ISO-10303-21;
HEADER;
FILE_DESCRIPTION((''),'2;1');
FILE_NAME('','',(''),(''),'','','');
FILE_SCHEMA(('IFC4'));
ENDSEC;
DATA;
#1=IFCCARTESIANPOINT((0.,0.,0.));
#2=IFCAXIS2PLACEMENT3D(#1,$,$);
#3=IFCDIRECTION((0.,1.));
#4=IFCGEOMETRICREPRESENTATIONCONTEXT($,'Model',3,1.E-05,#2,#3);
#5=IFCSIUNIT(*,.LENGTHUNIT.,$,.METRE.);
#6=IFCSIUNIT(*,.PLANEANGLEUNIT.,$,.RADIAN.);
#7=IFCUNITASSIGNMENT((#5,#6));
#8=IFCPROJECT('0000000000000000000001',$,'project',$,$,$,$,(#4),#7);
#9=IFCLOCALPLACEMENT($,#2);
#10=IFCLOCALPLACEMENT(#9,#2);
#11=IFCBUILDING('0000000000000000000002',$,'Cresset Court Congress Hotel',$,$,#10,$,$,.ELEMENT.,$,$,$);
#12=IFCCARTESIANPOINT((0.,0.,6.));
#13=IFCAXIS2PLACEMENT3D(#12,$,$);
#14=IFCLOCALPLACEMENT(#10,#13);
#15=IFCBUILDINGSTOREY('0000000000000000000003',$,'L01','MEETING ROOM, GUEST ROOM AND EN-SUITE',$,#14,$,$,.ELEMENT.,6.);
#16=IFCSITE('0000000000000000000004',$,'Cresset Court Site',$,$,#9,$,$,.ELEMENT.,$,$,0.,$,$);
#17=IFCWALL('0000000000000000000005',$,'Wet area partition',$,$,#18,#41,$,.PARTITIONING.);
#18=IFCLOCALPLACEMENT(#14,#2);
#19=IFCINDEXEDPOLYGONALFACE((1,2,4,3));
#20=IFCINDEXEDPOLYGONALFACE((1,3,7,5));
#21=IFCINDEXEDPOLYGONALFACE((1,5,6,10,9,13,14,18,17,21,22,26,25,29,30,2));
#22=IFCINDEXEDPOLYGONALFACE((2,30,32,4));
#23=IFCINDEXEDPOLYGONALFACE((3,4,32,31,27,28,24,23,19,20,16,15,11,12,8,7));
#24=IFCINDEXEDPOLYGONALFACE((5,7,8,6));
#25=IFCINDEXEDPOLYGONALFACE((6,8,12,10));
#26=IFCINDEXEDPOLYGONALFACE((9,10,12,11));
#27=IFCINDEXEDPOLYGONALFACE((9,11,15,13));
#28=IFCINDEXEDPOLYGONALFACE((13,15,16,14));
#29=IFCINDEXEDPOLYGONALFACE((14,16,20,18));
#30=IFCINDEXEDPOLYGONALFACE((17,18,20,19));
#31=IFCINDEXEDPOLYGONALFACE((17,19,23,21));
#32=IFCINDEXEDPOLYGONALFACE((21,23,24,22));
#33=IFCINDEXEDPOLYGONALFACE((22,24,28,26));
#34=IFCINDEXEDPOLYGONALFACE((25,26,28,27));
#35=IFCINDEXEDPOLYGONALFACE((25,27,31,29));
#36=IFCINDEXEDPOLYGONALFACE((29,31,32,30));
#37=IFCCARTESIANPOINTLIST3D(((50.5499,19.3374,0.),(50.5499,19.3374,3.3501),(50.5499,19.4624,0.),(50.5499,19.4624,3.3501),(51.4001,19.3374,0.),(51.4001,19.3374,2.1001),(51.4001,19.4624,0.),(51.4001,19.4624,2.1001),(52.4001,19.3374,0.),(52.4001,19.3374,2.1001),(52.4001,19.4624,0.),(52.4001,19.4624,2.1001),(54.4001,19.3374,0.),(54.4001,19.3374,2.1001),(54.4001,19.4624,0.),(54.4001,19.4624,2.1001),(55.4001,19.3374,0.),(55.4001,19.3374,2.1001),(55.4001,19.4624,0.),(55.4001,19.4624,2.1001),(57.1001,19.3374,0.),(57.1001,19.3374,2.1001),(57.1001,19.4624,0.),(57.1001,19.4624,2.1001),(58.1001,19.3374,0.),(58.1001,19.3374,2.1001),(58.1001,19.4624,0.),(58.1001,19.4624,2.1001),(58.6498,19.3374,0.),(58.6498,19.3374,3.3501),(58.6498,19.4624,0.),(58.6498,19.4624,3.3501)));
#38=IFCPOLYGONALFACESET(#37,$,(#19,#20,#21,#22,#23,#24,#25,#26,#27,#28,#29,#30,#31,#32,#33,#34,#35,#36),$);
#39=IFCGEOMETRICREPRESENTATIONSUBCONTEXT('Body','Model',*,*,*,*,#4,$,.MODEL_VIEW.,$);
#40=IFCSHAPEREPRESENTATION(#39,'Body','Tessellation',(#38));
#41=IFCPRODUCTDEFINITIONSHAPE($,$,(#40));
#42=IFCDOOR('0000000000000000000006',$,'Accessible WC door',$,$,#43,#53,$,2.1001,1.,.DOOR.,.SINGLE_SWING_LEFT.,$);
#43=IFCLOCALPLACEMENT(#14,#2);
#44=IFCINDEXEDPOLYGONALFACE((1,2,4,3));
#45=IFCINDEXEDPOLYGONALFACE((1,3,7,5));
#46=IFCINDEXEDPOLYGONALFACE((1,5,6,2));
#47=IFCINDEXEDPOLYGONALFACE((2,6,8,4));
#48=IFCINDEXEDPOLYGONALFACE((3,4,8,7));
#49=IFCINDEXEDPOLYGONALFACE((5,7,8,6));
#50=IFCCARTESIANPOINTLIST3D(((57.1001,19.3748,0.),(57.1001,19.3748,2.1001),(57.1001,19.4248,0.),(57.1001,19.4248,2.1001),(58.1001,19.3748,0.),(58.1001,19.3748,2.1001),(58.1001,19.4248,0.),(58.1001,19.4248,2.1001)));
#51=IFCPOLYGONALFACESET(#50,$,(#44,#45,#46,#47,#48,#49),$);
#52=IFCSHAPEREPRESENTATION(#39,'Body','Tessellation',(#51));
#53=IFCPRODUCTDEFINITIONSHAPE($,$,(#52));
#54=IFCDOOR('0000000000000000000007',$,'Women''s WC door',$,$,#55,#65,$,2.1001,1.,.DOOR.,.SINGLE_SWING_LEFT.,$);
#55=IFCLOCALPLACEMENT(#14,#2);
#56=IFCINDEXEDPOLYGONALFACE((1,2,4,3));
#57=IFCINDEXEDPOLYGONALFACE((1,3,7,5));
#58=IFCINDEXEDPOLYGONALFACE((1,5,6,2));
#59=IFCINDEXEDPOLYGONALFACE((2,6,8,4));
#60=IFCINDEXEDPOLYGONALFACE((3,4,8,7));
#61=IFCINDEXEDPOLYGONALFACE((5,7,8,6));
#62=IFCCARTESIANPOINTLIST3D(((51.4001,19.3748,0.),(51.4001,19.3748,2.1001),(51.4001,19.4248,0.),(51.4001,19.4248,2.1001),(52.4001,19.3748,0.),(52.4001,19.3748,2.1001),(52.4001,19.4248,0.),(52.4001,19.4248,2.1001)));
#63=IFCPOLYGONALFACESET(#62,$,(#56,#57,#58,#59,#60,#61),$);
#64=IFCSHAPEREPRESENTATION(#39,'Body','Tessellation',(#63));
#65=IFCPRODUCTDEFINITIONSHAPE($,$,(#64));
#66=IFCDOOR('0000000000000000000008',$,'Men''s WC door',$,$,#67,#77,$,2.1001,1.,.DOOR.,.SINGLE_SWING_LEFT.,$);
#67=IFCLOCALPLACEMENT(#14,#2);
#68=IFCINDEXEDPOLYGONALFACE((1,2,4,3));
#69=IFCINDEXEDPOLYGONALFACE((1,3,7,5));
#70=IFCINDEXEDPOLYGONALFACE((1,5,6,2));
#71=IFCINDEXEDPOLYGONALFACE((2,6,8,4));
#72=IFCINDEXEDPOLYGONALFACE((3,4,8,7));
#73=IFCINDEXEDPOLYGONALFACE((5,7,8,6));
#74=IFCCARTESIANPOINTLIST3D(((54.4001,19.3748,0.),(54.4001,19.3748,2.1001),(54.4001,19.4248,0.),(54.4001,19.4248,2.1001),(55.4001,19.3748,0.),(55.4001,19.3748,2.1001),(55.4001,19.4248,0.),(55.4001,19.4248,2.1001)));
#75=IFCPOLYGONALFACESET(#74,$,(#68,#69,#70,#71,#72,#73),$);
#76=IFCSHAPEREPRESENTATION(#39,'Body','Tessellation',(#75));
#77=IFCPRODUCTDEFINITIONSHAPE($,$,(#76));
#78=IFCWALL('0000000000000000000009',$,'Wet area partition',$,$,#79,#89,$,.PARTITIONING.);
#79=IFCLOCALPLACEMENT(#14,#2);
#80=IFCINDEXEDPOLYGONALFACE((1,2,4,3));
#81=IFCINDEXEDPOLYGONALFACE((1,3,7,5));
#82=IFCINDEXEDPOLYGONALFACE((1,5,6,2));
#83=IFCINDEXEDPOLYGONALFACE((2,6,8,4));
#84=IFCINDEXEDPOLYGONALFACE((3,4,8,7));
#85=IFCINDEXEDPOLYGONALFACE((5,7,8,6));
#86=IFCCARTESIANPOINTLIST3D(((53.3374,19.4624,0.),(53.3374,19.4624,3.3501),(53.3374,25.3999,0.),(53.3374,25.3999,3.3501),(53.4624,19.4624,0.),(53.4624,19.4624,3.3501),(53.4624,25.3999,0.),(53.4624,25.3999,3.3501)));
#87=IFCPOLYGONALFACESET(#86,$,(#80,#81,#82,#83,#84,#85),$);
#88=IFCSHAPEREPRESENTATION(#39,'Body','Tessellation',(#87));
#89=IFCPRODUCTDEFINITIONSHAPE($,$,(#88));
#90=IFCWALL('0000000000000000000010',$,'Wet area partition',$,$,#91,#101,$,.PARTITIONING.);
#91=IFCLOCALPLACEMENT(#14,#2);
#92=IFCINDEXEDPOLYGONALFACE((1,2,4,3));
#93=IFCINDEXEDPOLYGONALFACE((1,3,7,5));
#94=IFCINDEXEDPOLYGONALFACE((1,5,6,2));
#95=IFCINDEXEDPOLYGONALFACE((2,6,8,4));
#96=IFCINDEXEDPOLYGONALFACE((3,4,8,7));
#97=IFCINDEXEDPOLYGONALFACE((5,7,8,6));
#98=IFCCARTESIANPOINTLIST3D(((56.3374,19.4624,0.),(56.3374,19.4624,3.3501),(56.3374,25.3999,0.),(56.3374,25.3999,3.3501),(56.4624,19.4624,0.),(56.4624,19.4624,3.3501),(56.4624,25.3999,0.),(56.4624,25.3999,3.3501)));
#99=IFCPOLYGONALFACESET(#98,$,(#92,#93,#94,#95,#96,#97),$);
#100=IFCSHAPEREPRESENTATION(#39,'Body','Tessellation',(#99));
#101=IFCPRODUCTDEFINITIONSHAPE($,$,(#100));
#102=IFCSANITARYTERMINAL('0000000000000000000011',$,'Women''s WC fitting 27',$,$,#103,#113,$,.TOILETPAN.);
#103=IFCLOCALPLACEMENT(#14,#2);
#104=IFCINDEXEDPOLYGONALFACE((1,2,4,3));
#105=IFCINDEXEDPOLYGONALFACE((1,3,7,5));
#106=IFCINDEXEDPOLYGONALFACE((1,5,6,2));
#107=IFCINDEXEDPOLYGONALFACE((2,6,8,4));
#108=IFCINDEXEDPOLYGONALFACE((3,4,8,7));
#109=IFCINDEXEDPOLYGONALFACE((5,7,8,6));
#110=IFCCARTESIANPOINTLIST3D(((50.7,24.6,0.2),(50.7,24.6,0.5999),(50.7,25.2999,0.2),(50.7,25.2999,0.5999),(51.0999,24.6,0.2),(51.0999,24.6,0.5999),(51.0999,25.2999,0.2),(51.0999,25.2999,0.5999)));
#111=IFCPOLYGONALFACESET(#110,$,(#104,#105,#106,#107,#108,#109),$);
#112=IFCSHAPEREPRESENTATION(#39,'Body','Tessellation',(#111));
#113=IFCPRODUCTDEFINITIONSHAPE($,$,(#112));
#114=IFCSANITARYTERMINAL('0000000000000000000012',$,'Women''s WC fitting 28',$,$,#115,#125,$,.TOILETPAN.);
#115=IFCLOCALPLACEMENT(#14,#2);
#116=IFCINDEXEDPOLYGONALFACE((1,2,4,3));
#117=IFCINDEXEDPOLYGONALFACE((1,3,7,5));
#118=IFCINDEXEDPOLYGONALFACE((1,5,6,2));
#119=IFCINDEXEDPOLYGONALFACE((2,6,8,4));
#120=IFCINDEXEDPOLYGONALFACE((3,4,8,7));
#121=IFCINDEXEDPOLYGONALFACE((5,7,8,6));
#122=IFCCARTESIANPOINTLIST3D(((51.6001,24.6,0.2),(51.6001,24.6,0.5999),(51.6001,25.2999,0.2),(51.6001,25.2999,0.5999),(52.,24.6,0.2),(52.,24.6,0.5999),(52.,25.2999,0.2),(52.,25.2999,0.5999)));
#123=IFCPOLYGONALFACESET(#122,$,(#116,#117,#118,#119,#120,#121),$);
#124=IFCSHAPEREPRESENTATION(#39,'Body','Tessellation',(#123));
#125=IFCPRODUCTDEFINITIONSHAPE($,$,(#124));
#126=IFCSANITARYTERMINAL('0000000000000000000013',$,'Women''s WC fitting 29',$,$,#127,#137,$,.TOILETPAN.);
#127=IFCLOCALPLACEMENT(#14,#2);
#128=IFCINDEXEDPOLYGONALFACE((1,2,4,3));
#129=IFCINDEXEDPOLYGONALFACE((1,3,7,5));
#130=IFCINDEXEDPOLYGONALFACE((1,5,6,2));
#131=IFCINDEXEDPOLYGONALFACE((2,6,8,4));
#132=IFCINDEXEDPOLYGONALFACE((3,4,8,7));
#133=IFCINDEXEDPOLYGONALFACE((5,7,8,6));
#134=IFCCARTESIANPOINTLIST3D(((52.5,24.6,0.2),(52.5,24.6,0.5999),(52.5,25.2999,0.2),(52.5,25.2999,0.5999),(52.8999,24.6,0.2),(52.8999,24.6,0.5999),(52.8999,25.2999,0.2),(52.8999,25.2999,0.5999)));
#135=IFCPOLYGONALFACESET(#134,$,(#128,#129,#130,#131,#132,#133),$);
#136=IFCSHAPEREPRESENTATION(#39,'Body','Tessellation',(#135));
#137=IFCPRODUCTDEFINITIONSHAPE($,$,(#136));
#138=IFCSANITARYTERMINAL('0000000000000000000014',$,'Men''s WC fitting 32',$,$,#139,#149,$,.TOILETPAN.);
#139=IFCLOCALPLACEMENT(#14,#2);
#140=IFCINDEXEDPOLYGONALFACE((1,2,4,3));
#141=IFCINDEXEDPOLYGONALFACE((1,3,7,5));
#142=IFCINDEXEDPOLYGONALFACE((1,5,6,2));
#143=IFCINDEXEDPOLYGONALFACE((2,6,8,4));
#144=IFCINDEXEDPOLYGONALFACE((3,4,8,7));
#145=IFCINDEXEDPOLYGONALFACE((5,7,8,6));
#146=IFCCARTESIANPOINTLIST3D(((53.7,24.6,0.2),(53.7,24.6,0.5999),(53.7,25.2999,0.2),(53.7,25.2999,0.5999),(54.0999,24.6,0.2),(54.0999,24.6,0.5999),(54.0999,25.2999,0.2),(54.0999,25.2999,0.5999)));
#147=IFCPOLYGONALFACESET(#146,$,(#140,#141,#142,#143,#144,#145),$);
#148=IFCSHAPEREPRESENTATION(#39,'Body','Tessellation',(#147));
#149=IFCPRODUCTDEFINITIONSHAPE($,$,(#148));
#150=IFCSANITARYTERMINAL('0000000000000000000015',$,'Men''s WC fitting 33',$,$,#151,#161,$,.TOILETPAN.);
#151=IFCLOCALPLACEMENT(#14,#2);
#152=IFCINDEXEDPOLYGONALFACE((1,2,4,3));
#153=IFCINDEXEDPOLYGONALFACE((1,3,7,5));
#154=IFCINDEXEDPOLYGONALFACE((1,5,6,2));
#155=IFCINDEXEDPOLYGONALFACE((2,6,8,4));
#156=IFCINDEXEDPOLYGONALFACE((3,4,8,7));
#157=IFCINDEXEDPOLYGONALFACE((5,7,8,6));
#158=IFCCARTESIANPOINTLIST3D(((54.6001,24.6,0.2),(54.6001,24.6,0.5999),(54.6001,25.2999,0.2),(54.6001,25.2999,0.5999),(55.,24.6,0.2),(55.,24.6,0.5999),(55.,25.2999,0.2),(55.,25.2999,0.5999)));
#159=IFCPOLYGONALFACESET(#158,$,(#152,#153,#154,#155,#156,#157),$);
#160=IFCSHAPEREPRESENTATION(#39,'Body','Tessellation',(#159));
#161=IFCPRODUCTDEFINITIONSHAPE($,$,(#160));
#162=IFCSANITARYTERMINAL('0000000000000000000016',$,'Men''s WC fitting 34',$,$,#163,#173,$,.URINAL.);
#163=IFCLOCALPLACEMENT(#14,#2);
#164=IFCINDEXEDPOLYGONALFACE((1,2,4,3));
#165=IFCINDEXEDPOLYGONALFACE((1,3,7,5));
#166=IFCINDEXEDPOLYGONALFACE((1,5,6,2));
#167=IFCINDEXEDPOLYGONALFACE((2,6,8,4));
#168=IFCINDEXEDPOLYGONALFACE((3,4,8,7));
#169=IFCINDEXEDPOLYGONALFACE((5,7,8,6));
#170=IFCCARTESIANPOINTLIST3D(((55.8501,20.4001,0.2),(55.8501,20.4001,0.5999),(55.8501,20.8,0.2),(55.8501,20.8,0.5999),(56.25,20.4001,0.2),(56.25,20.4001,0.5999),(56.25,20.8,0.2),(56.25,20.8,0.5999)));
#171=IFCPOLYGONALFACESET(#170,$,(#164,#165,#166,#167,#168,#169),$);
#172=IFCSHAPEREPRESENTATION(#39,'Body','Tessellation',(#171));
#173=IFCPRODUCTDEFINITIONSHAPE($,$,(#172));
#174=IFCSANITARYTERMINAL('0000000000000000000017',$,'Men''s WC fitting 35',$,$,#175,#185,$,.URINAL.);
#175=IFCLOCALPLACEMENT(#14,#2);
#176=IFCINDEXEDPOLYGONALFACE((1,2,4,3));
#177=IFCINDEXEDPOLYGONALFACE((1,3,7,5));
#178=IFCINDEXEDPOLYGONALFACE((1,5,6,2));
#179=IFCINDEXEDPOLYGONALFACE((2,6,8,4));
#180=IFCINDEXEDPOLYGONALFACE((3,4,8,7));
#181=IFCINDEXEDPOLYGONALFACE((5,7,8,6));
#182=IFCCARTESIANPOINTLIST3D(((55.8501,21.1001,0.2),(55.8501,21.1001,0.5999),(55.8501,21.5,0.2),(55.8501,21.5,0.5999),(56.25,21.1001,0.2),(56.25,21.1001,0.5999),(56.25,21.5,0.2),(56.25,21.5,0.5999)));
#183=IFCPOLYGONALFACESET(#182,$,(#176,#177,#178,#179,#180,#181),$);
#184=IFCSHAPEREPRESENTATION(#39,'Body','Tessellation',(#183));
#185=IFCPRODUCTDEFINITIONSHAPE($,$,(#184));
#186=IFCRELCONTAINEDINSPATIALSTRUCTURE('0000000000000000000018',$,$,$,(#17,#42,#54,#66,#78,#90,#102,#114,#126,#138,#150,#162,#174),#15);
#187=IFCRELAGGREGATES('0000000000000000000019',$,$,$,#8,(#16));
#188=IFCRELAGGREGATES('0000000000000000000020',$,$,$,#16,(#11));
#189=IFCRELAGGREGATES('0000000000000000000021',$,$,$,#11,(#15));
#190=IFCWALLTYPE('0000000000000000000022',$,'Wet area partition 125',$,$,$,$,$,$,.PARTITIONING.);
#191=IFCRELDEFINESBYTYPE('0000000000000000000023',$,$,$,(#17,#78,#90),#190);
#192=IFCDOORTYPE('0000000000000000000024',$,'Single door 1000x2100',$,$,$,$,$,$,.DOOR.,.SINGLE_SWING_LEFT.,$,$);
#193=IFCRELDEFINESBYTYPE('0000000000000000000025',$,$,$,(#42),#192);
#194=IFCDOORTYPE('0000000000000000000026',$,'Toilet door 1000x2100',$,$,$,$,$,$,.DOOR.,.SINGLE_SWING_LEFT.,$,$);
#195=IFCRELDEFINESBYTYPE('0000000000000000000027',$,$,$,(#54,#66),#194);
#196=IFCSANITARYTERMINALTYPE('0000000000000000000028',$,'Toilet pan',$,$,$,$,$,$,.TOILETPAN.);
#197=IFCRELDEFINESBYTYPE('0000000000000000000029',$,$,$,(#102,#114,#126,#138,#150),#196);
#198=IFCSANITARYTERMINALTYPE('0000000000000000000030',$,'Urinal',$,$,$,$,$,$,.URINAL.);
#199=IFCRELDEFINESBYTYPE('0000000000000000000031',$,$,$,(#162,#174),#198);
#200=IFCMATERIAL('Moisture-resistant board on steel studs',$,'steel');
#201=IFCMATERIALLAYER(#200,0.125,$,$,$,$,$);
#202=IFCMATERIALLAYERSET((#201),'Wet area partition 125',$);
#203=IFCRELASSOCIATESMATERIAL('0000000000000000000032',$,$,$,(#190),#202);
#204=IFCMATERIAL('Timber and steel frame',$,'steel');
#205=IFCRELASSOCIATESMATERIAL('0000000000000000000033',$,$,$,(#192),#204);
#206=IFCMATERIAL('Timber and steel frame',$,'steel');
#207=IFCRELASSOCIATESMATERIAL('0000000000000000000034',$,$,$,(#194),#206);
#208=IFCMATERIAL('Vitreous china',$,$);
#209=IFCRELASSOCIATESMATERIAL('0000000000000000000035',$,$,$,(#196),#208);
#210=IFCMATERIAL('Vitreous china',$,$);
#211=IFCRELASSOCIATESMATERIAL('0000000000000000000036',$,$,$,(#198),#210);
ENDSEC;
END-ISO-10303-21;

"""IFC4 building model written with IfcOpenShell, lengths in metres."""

from ifc_helpers import new_model, si_unit, direction, frame, frame_2d, origin, origin_2d, place, context, subcontext, project, spatial, rectangle, extrude, material, layer, layer_set, type_object, element, fill, save


model = new_model("IFC4")

# Units and contexts
model_context = context("Model", 3, precision=1e-05, world=origin(), true_north=direction((0.0, 1.0)))
body_context = subcontext(model_context, "Body", "Model", "MODEL_VIEW")
ifc_project = project(units=[si_unit("LENGTHUNIT", "METRE"), si_unit("PLANEANGLEUNIT", "RADIAN")], contexts=[model_context])

# Site, building, storey
site_placement = place(None, origin())
site = spatial("IfcSite", under=ifc_project, at=site_placement, Name="Cresset Court Site", CompositionType="ELEMENT", RefElevation=0.0)
building_placement = place(site_placement, origin())
building = spatial("IfcBuilding", under=site, at=building_placement, Name="Cresset Court Congress Hotel", CompositionType="ELEMENT")
storey_placement = place(building_placement, frame((0.0, 0.0, 6.0)))
storey = spatial("IfcBuildingStorey", under=building, at=storey_placement, Name="L01", Description="MEETING ROOM, GUEST ROOM AND EN-SUITE", CompositionType="ELEMENT", Elevation=6.0)

# Wall, openings, doors
ifc_material_1 = material(Name="Moisture-resistant board on steel studs", Category="steel")
ifc_layer_1 = layer(ifc_material_1, 0.125)
ifc_layer_set_1 = layer_set([ifc_layer_1], Name="Wet area partition 125")
wall_type_1 = type_object("IfcWallType", Name="Wet area partition 125", PredefinedType="PARTITIONING", material=ifc_layer_set_1)
wall_1_placement = place(storey_placement, frame((50.55, 19.3999, 0.0), z_axis=(0.0, 0.0, 1.0), x_axis=(1.0, 0.0, 0.0)))
wall_1 = element("IfcWall", 1, at=wall_1_placement, inside=storey, type_object=wall_type_1, Name="Wet area partition", PredefinedType="PARTITIONING", context=body_context, shape_type="SweptSolid", body=[
    extrude(rectangle(XDim=8.0999, YDim=0.125, at=frame_2d((4.0498, 0.0))), origin(), (0.0, 0.0, 1.0), 3.3501),
])
opening_1_placement = place(wall_1_placement, frame((0.8501, 0.0, 0.0)))
opening_1 = element("IfcOpeningElement", 2, at=opening_1_placement, cuts=wall_1, PredefinedType="OPENING", context=body_context, shape_type="SweptSolid", body=[
    extrude(rectangle(XDim=1.0, YDim=2.1001, at=frame_2d((0.5, 1.05))), frame((0.0, 0.0725, 0.0), z_axis=(0.0, -1.0, 0.0), x_axis=(1.0, 0.0, 0.0)), (0.0, 0.0, 1.0), 0.145),
])
opening_2_placement = place(wall_1_placement, frame((3.8501, 0.0, 0.0)))
opening_2 = element("IfcOpeningElement", 3, at=opening_2_placement, cuts=wall_1, PredefinedType="OPENING", context=body_context, shape_type="SweptSolid", body=[
    extrude(rectangle(XDim=1.0, YDim=2.1001, at=frame_2d((0.5, 1.05))), frame((0.0, 0.0725, 0.0), z_axis=(0.0, -1.0, 0.0), x_axis=(1.0, 0.0, 0.0)), (0.0, 0.0, 1.0), 0.145),
])
opening_3_placement = place(wall_1_placement, frame((6.55, 0.0, 0.0)))
opening_3 = element("IfcOpeningElement", 4, at=opening_3_placement, cuts=wall_1, PredefinedType="OPENING", context=body_context, shape_type="SweptSolid", body=[
    extrude(rectangle(XDim=1.0, YDim=2.1001, at=frame_2d((0.5, 1.05))), frame((0.0, 0.0725, 0.0), z_axis=(0.0, -1.0, 0.0), x_axis=(1.0, 0.0, 0.0)), (0.0, 0.0, 1.0), 0.145),
])
ifc_material_2 = material(Name="Timber and steel frame", Category="steel")
door_type_1 = type_object("IfcDoorType", Name="Single door 1000x2100", OperationType="SINGLE_SWING_LEFT", PredefinedType="DOOR", material=ifc_material_2)
door_1_placement = place(opening_3_placement, origin())
door_1 = element("IfcDoor", 5, at=door_1_placement, inside=storey, type_object=door_type_1, Name="Accessible WC door", OperationType="SINGLE_SWING_LEFT", OverallHeight=2.1001, OverallWidth=1.0, PredefinedType="DOOR", context=body_context, shape_type="SweptSolid", body=[
    extrude(rectangle(XDim=1.0, YDim=2.1001, at=frame_2d((0.5, 1.05))), frame((0.0, 0.0249, 0.0), z_axis=(0.0, -1.0, 0.0), x_axis=(1.0, 0.0, 0.0)), (0.0, 0.0, 1.0), 0.05),
])
fill(opening_3, door_1)
ifc_material_3 = material(Name="Timber and steel frame", Category="steel")
door_type_2 = type_object("IfcDoorType", Name="Toilet door 1000x2100", OperationType="SINGLE_SWING_LEFT", PredefinedType="DOOR", material=ifc_material_3)
door_2_placement = place(opening_1_placement, origin())
door_2 = element("IfcDoor", 6, at=door_2_placement, inside=storey, type_object=door_type_2, Name="Women's WC door", OperationType="SINGLE_SWING_LEFT", OverallHeight=2.1001, OverallWidth=1.0, PredefinedType="DOOR", context=body_context, shape_type="SweptSolid", body=[
    extrude(rectangle(XDim=1.0, YDim=2.1001, at=frame_2d((0.5, 1.05))), frame((0.0, 0.0249, 0.0), z_axis=(0.0, -1.0, 0.0), x_axis=(1.0, 0.0, 0.0)), (0.0, 0.0, 1.0), 0.05),
])
fill(opening_1, door_2)
door_3_placement = place(opening_2_placement, origin())
door_3 = element("IfcDoor", 7, at=door_3_placement, inside=storey, type_object=door_type_2, Name="Men's WC door", OperationType="SINGLE_SWING_LEFT", OverallHeight=2.1001, OverallWidth=1.0, PredefinedType="DOOR", context=body_context, shape_type="SweptSolid", body=[
    extrude(rectangle(XDim=1.0, YDim=2.1001, at=frame_2d((0.5, 1.05))), frame((0.0, 0.0249, 0.0), z_axis=(0.0, -1.0, 0.0), x_axis=(1.0, 0.0, 0.0)), (0.0, 0.0, 1.0), 0.05),
])
fill(opening_2, door_3)

# Walls
for number, where, z_axis, x_axis, name in (
    (8, (53.3999, 19.4624, 0.0), (0.0, 0.0, 1.0), (0.0, 1.0, 0.0), "Wet area partition"),
    (9, (56.3999, 19.4624, 0.0), (0.0, 0.0, 1.0), (0.0, 1.0, 0.0), "Wet area partition"),
):
    element("IfcWall", number, at=place(storey_placement, frame(where, z_axis=z_axis, x_axis=x_axis)), inside=storey, type_object=wall_type_1, Name=name, PredefinedType="PARTITIONING", context=body_context, shape_type="SweptSolid", body=[
        extrude(rectangle(XDim=5.9375, YDim=0.125, at=frame_2d((2.9688, 0.0))), origin(), (0.0, 0.0, 1.0), 3.3501),
    ])

# Sanitary terminals
ifc_material_4 = material(Name="Vitreous china")
sanitary_terminal_type_1 = type_object("IfcSanitaryTerminalType", Name="Toilet pan", PredefinedType="TOILETPAN", material=ifc_material_4)
for number, where, z_axis, x_axis, name in (
    (10, (50.8999, 24.95, 0.2), (0.0, 0.0, 1.0), (1.0, 0.0, 0.0), "Women's WC fitting 27"),
    (11, (51.8, 24.95, 0.2), (0.0, 0.0, 1.0), (1.0, 0.0, 0.0), "Women's WC fitting 28"),
    (12, (52.7, 24.95, 0.2), (0.0, 0.0, 1.0), (1.0, 0.0, 0.0), "Women's WC fitting 29"),
    (13, (53.8999, 24.95, 0.2), (0.0, 0.0, 1.0), (1.0, 0.0, 0.0), "Men's WC fitting 32"),
    (14, (54.8, 24.95, 0.2), (0.0, 0.0, 1.0), (1.0, 0.0, 0.0), "Men's WC fitting 33"),
):
    element("IfcSanitaryTerminal", number, at=place(storey_placement, frame(where, z_axis=z_axis, x_axis=x_axis)), inside=storey, type_object=sanitary_terminal_type_1, Name=name, PredefinedType="TOILETPAN", context=body_context, shape_type="SweptSolid", body=[
        extrude(rectangle(XDim=0.3999, YDim=0.7, at=origin_2d()), origin(), (0.0, 0.0, 1.0), 0.3999),
    ])
ifc_material_5 = material(Name="Vitreous china")
sanitary_terminal_type_2 = type_object("IfcSanitaryTerminalType", Name="Urinal", PredefinedType="URINAL", material=ifc_material_5)
for number, where, z_axis, x_axis, name in (
    (15, (56.05, 20.6001, 0.2), (0.0, 0.0, 1.0), (1.0, 0.0, 0.0), "Men's WC fitting 34"),
    (16, (56.05, 21.3, 0.2), (0.0, 0.0, 1.0), (1.0, 0.0, 0.0), "Men's WC fitting 35"),
):
    element("IfcSanitaryTerminal", number, at=place(storey_placement, frame(where, z_axis=z_axis, x_axis=x_axis)), inside=storey, type_object=sanitary_terminal_type_2, Name=name, PredefinedType="URINAL", context=body_context, shape_type="SweptSolid", body=[
        extrude(rectangle(XDim=0.3999, YDim=0.3999, at=origin_2d()), origin(), (0.0, 0.0, 1.0), 0.3999),
    ])

save(model, "model.ifc")
